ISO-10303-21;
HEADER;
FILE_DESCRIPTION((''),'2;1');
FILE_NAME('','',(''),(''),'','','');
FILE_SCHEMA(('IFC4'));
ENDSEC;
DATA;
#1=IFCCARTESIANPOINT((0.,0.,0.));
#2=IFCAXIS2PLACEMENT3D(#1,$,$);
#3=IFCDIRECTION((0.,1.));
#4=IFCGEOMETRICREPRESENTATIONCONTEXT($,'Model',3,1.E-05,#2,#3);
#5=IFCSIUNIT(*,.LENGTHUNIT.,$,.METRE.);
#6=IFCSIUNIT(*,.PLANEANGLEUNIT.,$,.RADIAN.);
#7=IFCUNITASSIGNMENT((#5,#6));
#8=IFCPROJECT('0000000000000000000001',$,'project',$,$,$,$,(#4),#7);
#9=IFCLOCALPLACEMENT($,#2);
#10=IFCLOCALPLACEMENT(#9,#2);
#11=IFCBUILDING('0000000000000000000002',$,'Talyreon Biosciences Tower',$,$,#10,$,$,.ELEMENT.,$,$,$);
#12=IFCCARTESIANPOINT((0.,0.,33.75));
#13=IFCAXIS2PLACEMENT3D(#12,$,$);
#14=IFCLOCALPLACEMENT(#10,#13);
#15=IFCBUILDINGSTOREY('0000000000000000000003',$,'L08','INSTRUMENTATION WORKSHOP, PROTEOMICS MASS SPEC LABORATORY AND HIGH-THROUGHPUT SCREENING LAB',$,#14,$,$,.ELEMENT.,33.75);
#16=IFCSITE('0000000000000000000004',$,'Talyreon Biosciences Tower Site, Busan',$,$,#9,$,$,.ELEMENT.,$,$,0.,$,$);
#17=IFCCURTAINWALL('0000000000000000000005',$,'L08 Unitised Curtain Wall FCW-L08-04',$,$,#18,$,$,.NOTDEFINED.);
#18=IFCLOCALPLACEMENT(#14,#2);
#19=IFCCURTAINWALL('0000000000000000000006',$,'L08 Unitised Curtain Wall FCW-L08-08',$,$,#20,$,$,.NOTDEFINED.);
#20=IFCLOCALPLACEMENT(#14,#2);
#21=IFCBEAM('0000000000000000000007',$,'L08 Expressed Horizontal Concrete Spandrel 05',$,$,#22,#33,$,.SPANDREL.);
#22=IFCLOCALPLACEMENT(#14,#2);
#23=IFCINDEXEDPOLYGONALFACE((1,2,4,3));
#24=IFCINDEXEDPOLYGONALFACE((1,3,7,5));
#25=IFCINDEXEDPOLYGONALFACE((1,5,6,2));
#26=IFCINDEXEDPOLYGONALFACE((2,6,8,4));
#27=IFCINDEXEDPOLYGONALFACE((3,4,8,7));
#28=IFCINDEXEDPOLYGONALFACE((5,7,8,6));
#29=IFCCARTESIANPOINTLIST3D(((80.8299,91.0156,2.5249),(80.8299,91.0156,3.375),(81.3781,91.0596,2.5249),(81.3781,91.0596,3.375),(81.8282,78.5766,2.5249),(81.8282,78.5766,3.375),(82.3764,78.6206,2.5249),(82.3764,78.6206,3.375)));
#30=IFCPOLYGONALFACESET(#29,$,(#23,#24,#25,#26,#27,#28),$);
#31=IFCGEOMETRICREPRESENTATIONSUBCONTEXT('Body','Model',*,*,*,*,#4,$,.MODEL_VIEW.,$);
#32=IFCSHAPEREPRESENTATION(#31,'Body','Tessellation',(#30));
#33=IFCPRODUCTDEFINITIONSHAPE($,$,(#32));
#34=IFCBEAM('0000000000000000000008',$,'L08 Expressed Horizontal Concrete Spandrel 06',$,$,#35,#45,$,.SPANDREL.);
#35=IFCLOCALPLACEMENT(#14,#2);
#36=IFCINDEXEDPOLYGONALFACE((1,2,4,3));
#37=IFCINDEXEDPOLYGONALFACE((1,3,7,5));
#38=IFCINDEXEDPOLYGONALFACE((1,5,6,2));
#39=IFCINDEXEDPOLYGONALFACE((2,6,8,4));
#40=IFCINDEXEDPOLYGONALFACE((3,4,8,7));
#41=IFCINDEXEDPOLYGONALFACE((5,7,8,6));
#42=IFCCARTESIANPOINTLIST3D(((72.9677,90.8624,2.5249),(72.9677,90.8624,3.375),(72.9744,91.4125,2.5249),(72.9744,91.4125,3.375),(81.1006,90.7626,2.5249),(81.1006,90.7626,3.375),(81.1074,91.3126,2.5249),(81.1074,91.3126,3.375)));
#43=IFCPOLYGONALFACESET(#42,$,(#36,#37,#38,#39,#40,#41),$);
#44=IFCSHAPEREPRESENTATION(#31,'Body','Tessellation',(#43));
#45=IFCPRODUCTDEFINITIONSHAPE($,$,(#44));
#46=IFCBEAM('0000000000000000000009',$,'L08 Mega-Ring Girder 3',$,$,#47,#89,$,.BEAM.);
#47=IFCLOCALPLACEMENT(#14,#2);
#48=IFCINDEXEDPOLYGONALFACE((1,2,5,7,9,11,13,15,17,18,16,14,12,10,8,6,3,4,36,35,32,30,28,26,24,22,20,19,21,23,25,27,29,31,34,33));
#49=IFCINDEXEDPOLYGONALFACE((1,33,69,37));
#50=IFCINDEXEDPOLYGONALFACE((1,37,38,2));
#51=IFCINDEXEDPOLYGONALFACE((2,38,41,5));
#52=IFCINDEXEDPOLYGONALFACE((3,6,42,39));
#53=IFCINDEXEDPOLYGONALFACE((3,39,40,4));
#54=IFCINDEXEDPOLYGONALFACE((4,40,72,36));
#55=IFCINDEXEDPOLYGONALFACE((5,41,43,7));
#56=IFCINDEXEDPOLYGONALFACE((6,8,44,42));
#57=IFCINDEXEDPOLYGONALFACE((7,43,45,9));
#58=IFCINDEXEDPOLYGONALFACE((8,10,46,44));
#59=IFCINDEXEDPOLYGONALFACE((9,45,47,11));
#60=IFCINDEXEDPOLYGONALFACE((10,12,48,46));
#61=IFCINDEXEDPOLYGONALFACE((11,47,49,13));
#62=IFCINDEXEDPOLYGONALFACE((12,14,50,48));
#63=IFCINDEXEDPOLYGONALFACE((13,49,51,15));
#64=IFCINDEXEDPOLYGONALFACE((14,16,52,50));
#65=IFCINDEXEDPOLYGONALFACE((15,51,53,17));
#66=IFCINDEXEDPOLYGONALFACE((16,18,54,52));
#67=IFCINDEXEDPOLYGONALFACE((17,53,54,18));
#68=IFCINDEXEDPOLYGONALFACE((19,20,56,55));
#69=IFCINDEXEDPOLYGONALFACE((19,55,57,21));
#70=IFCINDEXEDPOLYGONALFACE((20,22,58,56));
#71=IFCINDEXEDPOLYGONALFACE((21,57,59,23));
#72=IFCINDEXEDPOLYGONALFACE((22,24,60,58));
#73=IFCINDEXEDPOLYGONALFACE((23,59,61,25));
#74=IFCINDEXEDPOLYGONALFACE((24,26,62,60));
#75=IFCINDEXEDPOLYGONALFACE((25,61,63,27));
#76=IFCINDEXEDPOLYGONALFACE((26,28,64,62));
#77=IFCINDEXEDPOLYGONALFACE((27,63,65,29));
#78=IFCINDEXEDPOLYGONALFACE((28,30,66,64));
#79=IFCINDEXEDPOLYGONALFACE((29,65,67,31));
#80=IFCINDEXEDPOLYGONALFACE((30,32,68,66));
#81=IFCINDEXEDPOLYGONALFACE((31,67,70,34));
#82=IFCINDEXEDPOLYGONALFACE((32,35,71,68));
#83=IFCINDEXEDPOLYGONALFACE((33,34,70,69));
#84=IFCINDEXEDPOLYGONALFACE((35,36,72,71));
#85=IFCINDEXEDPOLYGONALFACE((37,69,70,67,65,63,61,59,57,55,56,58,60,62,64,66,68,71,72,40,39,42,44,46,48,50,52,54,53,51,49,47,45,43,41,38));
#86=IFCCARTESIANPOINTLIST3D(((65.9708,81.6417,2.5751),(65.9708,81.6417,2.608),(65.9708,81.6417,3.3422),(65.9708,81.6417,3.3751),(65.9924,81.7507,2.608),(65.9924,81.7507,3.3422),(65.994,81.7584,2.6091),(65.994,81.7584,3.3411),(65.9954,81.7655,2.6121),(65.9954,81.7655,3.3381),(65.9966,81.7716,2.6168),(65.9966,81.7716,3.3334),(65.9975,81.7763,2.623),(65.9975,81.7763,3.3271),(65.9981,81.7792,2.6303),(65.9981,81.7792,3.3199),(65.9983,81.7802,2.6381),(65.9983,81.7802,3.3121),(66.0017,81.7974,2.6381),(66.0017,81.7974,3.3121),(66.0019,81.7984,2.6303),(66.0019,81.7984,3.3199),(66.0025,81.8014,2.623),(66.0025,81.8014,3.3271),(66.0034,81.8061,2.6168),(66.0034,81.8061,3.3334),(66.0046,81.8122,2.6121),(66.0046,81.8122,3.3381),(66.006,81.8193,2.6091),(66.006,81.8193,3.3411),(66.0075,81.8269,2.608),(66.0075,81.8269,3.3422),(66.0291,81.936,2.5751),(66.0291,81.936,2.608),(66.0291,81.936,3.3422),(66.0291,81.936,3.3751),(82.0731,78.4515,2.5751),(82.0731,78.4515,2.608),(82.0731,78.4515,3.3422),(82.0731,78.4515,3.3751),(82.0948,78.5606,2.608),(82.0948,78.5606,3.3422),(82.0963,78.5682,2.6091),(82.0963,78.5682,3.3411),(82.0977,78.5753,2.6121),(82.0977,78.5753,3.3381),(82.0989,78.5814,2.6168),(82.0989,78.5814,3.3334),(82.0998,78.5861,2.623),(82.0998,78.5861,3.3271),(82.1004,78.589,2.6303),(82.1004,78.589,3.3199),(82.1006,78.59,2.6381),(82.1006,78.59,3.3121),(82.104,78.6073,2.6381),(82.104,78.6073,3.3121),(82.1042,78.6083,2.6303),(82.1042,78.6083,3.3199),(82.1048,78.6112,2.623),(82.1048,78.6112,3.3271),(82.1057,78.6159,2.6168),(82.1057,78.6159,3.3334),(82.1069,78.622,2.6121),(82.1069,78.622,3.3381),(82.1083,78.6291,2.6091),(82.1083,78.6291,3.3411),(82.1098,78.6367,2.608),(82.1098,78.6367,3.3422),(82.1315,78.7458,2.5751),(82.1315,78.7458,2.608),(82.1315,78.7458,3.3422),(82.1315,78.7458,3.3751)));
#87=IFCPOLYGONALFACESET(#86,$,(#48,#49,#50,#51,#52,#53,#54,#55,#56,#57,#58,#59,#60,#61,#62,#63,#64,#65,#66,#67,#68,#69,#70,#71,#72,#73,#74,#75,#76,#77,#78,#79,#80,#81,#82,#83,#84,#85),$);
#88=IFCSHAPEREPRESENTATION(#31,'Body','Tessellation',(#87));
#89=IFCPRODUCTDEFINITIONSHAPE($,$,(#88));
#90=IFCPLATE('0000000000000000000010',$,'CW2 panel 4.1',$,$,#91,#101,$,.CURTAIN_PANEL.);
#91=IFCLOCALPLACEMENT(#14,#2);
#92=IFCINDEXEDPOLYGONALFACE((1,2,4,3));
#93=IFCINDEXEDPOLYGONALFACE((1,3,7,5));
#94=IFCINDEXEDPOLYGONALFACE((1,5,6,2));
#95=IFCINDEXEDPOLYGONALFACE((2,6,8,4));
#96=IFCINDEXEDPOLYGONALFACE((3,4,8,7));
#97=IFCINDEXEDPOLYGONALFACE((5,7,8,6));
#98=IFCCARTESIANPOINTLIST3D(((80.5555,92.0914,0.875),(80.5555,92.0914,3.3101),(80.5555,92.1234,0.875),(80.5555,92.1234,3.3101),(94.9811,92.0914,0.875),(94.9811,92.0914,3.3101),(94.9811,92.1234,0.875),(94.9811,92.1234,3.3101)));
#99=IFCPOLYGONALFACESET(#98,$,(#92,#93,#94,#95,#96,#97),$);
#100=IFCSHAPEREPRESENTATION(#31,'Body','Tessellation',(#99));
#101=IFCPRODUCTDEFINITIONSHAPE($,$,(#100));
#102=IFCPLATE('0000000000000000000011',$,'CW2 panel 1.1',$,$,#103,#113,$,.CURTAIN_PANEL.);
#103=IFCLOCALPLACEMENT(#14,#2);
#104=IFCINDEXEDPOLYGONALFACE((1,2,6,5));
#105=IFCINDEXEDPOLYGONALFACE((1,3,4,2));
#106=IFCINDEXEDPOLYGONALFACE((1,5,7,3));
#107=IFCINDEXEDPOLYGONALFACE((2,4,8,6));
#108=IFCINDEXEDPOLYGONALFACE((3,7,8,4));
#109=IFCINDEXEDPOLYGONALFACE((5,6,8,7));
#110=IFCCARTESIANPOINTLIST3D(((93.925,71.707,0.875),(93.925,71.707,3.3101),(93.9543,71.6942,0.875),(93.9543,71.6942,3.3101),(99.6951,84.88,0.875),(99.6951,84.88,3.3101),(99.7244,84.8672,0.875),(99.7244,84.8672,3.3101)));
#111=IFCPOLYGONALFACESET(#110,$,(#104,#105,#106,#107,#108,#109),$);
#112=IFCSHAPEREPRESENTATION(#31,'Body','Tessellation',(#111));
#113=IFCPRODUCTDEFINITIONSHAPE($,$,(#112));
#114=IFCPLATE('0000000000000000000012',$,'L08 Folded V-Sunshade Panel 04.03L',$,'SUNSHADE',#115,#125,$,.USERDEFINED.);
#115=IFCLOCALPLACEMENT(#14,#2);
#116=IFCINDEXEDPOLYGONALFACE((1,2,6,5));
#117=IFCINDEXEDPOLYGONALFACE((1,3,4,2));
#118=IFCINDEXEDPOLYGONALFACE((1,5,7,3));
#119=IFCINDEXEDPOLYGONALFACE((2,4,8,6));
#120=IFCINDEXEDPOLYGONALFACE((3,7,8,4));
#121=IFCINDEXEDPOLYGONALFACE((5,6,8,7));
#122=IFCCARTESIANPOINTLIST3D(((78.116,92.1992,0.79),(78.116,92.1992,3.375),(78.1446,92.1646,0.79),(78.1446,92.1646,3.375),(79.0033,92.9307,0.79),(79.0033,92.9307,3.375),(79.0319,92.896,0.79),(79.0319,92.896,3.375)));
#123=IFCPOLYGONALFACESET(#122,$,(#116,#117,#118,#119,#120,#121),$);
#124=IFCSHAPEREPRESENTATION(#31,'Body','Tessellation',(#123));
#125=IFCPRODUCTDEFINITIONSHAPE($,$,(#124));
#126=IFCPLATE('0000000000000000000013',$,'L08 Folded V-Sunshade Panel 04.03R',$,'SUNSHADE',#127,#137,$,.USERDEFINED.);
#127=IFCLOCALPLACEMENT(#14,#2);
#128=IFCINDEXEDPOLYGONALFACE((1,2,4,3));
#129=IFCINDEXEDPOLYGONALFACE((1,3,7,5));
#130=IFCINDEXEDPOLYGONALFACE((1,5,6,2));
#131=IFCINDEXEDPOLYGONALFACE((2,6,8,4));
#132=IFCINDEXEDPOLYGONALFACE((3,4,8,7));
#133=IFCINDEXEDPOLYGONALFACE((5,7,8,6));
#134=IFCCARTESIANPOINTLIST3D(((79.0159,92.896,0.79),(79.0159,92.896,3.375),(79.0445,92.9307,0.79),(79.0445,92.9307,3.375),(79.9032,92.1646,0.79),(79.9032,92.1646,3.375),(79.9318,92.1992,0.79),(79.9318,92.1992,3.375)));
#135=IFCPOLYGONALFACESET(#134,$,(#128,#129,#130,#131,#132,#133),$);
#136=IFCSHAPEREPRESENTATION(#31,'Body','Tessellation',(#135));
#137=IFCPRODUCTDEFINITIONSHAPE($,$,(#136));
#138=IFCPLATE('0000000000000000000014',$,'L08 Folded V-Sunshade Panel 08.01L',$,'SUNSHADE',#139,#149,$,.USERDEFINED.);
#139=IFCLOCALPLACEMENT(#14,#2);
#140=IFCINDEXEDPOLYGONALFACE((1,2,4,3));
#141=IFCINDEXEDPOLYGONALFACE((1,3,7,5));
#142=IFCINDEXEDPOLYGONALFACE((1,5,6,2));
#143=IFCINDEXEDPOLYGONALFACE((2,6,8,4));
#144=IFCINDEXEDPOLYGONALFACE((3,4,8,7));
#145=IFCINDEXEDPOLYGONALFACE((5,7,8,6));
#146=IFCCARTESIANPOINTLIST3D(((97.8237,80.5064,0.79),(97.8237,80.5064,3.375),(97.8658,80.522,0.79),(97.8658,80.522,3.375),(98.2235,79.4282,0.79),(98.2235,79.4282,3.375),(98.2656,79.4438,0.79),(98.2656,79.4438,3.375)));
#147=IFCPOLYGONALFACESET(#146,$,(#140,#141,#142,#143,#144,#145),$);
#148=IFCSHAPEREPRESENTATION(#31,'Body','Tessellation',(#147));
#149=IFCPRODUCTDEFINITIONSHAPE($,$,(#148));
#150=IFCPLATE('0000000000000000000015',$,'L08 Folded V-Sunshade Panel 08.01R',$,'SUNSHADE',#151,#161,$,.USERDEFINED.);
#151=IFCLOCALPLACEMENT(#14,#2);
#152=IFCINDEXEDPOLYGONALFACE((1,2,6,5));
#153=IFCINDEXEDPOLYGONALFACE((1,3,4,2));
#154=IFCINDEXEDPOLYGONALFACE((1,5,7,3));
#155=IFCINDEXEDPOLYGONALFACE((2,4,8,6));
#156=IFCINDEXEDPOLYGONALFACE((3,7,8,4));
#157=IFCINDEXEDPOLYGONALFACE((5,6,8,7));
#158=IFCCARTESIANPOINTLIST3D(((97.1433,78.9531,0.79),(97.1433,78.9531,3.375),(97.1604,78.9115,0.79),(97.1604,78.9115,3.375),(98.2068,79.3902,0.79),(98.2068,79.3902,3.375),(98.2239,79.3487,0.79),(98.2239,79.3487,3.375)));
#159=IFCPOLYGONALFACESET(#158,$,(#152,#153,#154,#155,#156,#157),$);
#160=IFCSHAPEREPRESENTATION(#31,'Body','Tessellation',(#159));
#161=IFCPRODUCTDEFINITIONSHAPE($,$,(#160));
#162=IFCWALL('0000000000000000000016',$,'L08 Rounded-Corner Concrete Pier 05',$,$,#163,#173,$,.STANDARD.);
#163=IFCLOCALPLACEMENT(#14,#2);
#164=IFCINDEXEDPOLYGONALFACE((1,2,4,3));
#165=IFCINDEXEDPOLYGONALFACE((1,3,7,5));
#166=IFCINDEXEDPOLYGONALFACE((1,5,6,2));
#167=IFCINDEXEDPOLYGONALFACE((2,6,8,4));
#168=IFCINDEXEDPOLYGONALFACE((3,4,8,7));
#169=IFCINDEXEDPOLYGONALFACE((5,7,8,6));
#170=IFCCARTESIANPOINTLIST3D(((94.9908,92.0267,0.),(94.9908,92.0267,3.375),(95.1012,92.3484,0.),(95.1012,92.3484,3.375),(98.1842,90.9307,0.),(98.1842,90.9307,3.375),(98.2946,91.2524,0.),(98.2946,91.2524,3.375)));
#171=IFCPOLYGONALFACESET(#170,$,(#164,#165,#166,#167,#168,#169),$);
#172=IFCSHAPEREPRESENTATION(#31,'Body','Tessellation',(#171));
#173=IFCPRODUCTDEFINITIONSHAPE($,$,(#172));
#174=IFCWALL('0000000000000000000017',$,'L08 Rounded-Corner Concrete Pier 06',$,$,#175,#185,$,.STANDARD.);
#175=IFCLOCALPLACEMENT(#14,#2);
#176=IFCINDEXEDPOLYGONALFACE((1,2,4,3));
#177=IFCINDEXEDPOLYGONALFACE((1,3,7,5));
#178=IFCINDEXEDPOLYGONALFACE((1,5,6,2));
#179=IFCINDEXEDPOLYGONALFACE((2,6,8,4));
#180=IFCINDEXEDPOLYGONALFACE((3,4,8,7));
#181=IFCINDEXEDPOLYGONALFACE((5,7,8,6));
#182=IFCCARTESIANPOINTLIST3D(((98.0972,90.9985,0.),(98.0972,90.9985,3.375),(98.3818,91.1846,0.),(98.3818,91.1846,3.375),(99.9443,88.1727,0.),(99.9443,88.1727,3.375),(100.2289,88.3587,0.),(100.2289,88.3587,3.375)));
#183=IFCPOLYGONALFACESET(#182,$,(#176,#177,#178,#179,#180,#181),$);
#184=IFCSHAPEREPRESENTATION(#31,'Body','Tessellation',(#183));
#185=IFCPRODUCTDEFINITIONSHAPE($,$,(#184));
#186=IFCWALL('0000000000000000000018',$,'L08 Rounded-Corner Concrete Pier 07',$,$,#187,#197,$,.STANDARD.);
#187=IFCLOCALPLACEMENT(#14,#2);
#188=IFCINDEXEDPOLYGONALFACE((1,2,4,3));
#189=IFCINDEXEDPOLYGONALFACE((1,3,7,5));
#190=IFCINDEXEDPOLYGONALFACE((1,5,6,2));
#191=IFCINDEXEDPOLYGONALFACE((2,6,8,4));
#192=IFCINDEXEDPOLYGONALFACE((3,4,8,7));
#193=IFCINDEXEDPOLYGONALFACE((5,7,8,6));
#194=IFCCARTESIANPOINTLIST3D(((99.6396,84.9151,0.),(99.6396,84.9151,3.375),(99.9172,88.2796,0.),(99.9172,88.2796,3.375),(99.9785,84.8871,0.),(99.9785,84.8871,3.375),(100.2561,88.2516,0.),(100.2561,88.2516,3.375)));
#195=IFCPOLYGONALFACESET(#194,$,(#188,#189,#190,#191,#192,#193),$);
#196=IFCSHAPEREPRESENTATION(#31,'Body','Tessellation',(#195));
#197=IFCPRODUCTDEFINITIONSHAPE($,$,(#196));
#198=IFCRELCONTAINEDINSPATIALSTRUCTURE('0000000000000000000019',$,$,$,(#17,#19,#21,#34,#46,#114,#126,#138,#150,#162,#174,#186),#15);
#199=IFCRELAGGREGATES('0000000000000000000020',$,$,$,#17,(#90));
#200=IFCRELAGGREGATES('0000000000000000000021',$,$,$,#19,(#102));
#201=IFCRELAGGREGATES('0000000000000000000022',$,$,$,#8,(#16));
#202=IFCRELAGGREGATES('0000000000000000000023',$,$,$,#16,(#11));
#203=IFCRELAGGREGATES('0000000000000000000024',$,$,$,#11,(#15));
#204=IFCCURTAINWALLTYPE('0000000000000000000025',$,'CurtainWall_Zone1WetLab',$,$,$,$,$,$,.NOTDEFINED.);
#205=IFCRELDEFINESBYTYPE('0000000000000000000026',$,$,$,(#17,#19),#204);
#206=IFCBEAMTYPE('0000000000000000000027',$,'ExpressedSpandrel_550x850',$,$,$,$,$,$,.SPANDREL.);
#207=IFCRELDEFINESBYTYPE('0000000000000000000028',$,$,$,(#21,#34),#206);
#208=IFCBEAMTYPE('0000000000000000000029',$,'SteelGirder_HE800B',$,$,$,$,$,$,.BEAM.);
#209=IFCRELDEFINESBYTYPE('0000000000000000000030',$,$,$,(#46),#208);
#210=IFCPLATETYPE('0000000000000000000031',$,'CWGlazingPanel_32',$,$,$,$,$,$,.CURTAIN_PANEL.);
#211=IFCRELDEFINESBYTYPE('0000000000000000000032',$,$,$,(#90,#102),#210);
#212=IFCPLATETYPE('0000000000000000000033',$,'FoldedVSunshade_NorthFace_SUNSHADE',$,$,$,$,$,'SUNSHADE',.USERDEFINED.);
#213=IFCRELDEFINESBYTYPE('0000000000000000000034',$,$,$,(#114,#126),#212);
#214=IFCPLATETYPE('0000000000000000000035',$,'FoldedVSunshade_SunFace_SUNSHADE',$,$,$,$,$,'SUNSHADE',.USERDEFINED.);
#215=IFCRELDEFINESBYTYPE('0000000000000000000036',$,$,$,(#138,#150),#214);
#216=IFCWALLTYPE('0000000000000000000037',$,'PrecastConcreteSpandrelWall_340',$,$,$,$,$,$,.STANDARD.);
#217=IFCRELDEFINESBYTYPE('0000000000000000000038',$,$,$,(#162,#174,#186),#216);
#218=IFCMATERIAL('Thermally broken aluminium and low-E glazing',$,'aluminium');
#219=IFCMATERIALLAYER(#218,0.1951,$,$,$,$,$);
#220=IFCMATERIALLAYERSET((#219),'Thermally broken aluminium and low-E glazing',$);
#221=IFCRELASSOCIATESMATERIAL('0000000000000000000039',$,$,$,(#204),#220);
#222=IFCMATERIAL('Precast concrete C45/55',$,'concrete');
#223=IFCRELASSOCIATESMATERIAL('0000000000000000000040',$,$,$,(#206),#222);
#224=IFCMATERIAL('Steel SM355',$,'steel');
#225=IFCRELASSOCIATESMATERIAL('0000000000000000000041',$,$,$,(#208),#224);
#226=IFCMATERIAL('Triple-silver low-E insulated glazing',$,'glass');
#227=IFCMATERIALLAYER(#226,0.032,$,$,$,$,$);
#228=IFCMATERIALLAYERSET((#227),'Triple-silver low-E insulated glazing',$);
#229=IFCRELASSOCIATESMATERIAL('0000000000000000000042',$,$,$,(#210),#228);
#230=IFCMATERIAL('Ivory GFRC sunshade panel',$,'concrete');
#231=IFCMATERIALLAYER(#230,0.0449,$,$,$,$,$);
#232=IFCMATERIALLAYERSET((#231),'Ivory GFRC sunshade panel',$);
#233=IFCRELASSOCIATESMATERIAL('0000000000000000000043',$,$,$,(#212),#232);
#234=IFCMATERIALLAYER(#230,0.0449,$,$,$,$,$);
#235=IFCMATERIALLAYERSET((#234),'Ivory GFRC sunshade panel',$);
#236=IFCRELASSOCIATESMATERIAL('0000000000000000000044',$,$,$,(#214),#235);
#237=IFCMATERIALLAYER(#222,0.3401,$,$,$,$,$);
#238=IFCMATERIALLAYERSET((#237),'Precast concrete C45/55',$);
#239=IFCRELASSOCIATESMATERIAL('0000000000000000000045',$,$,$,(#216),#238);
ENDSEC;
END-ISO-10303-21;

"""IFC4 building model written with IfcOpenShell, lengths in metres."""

from ifc_helpers import new_model, si_unit, direction, frame, frame_2d, origin, origin_2d, place, context, subcontext, project, spatial, rectangle, i_section, extrude, material, layer, layer_set, material_profile, profile_set, type_object, element, aggregate, save


model = new_model("IFC4")

# Units and contexts
model_context = context("Model", 3, precision=1e-05, world=origin(), true_north=direction((0.0, 1.0)))
body_context = subcontext(model_context, "Body", "Model", "MODEL_VIEW")
ifc_project = project(units=[si_unit("LENGTHUNIT", "METRE"), si_unit("PLANEANGLEUNIT", "RADIAN")], contexts=[model_context])

# Site, building, storey
site_placement = place(None, origin())
site = spatial("IfcSite", under=ifc_project, at=site_placement, Name="Talyreon Biosciences Tower Site, Busan", CompositionType="ELEMENT", RefElevation=0.0)
building_placement = place(site_placement, origin())
building = spatial("IfcBuilding", under=site, at=building_placement, Name="Talyreon Biosciences Tower", CompositionType="ELEMENT")
storey_placement = place(building_placement, frame((0.0, 0.0, 33.75)))
storey = spatial("IfcBuildingStorey", under=building, at=storey_placement, Name="L08", Description="INSTRUMENTATION WORKSHOP, PROTEOMICS MASS SPEC LABORATORY AND HIGH-THROUGHPUT SCREENING LAB", CompositionType="ELEMENT", Elevation=33.75)

# Curtain walls
ifc_material_1 = material(Name="Thermally broken aluminium and low-E glazing", Category="aluminium")
ifc_layer_1 = layer(ifc_material_1, 0.1951)
ifc_layer_set_1 = layer_set([ifc_layer_1], Name="Thermally broken aluminium and low-E glazing")
curtain_wall_type = type_object("IfcCurtainWallType", Name="CurtainWall_Zone1WetLab", PredefinedType="NOTDEFINED", material=ifc_layer_set_1)
curtain_wall_1_placement = place(storey_placement, origin())
curtain_wall_1 = element("IfcCurtainWall", 1, at=curtain_wall_1_placement, inside=storey, type_object=curtain_wall_type, Name="L08 Unitised Curtain Wall FCW-L08-04", PredefinedType="NOTDEFINED")
curtain_wall_2_placement = place(storey_placement, origin())
curtain_wall_2 = element("IfcCurtainWall", 2, at=curtain_wall_2_placement, inside=storey, type_object=curtain_wall_type, Name="L08 Unitised Curtain Wall FCW-L08-08", PredefinedType="NOTDEFINED")

# Beams
ifc_material_2 = material(Name="Precast concrete C45/55", Category="concrete")
ifc_material_profile_1 = material_profile(ifc_material_2, rectangle(XDim=0.55, YDim=0.8501, at=origin_2d()), Name="RCB 550x850")
ifc_profile_set_1 = profile_set([ifc_material_profile_1], Name="Precast concrete C45/55")
beam_type_1 = type_object("IfcBeamType", Name="ExpressedSpandrel_550x850", PredefinedType="SPANDREL", material=ifc_profile_set_1)
beam_1_placement = place(storey_placement, frame((82.1023, 78.5986, 2.95), z_axis=(-0.079998, 0.996795, 0.0), x_axis=(-0.996795, -0.079998, 0.0)))
element("IfcBeam", 3, at=beam_1_placement, inside=storey, type_object=beam_type_1, Name="L08 Expressed Horizontal Concrete Spandrel 05", PredefinedType="SPANDREL", context=body_context, shape_type="SweptSolid", body=[
    extrude(rectangle(XDim=0.55, YDim=0.8501, at=origin_2d()), origin(), (0.0, 0.0, 1.0), 12.479),
])
beam_2_placement = place(storey_placement, frame((81.104, 91.0376, 2.95), z_axis=(-0.999925, 0.012277, 0.0), x_axis=(-0.012277, -0.999925, 0.0)))
element("IfcBeam", 4, at=beam_2_placement, inside=storey, type_object=beam_type_1, Name="L08 Expressed Horizontal Concrete Spandrel 06", PredefinedType="SPANDREL", context=body_context, shape_type="SweptSolid", body=[
    extrude(rectangle(XDim=0.55, YDim=0.8501, at=origin_2d()), origin(), (0.0, 0.0, 1.0), 8.1335),
])
ifc_material_3 = material(Name="Steel SM355", Category="steel")
ifc_material_profile_2 = material_profile(ifc_material_3, i_section(OverallWidth=0.3, OverallDepth=0.8, WebThickness=0.0176, FlangeThickness=0.033, FilletRadius=0.03, at=origin_2d()), Name="HE800B")
ifc_profile_set_2 = profile_set([ifc_material_profile_2], Name="Steel SM355")
beam_type_2 = type_object("IfcBeamType", Name="SteelGirder_HE800B", PredefinedType="BEAM", material=ifc_profile_set_2)
beam_3_placement = place(storey_placement, frame((82.1023, 78.5986, 2.9751), z_axis=(-0.980934, 0.194343, 0.0), x_axis=(-0.194343, -0.980934, 0.0)))
element("IfcBeam", 5, at=beam_3_placement, inside=storey, type_object=beam_type_2, Name="L08 Mega-Ring Girder 3", PredefinedType="BEAM", context=body_context, shape_type="SweptSolid", body=[
    extrude(i_section(OverallWidth=0.3, OverallDepth=0.8, WebThickness=0.0176, FlangeThickness=0.033, FilletRadius=0.03, at=origin_2d()), origin(), (0.0, 0.0, 1.0), 16.4153),
])

# Plates
ifc_material_4 = material(Name="Triple-silver low-E insulated glazing", Category="glass")
ifc_layer_2 = layer(ifc_material_4, 0.032)
ifc_layer_set_2 = layer_set([ifc_layer_2], Name="Triple-silver low-E insulated glazing")
plate_type_1 = type_object("IfcPlateType", Name="CWGlazingPanel_32", PredefinedType="CURTAIN_PANEL", material=ifc_layer_set_2)
plate_1_placement = place(storey_placement, frame((87.7683, 92.1074, 0.875), z_axis=(0.0, 0.0, 1.0), x_axis=(1.0, 0.0, 0.0)))
plate_1 = element("IfcPlate", 6, at=plate_1_placement, type_object=plate_type_1, Name="CW2 panel 4.1", PredefinedType="CURTAIN_PANEL", context=body_context, shape_type="SweptSolid", body=[
    extrude(rectangle(XDim=14.4255, YDim=0.032, at=origin_2d()), origin(), (0.0, 0.0, 1.0), 2.4351),
])
aggregate(curtain_wall_1, [plate_1])
plate_2_placement = place(storey_placement, frame((96.8247, 78.2871, 0.875), z_axis=(0.0, 0.0, 1.0), x_axis=(-0.401223, -0.91598, 0.0)))
plate_2 = element("IfcPlate", 7, at=plate_2_placement, type_object=plate_type_1, Name="CW2 panel 1.1", PredefinedType="CURTAIN_PANEL", context=body_context, shape_type="SweptSolid", body=[
    extrude(rectangle(XDim=14.3813, YDim=0.032, at=origin_2d()), origin(), (0.0, 0.0, 1.0), 2.4351),
])
aggregate(curtain_wall_2, [plate_2])

# Plates
ifc_material_5 = material(Name="Ivory GFRC sunshade panel", Category="concrete")
ifc_layer_3 = layer(ifc_material_5, 0.0449)
ifc_layer_set_3 = layer_set([ifc_layer_3], Name="Ivory GFRC sunshade panel")
plate_type_2 = type_object("IfcPlateType", Name="FoldedVSunshade_NorthFace_SUNSHADE", ElementType="SUNSHADE", PredefinedType="USERDEFINED", material=ifc_layer_set_3)
for number, where, z_axis, x_axis, name in (
    (8, (78.574, 92.5476, 0.79), (0.0, 0.0, 1.0), (0.771625, 0.636078, 0.0), "L08 Folded V-Sunshade Panel 04.03L"),
    (9, (79.4739, 92.5476, 0.79), (0.0, 0.0, 1.0), (0.771625, -0.636078, 0.0), "L08 Folded V-Sunshade Panel 04.03R"),
):
    element("IfcPlate", number, at=place(storey_placement, frame(where, z_axis=z_axis, x_axis=x_axis)), inside=storey, type_object=plate_type_2, Name=name, ObjectType="SUNSHADE", PredefinedType="USERDEFINED", context=body_context, shape_type="SweptSolid", body=[
        extrude(rectangle(XDim=1.1499, YDim=0.0449, at=origin_2d()), origin(), (0.0, 0.0, 1.0), 2.585),
    ])
ifc_layer_4 = layer(ifc_material_5, 0.0449)
ifc_layer_set_4 = layer_set([ifc_layer_4], Name="Ivory GFRC sunshade panel")
plate_type_3 = type_object("IfcPlateType", Name="FoldedVSunshade_SunFace_SUNSHADE", ElementType="SUNSHADE", PredefinedType="USERDEFINED", material=ifc_layer_set_4)
for number, where, z_axis, x_axis, name in (
    (10, (98.0447, 79.9751, 0.79), (0.0, 0.0, 1.0), (0.347672, -0.937616, 0.0), "L08 Folded V-Sunshade Panel 08.01L"),
    (11, (97.6836, 79.1509, 0.79), (0.0, 0.0, 1.0), (-0.924911, -0.380183, 0.0), "L08 Folded V-Sunshade Panel 08.01R"),
):
    element("IfcPlate", number, at=place(storey_placement, frame(where, z_axis=z_axis, x_axis=x_axis)), inside=storey, type_object=plate_type_3, Name=name, ObjectType="SUNSHADE", PredefinedType="USERDEFINED", context=body_context, shape_type="SweptSolid", body=[
        extrude(rectangle(XDim=1.1499, YDim=0.0449, at=origin_2d()), origin(), (0.0, 0.0, 1.0), 2.585),
    ])

# Walls
ifc_layer_5 = layer(ifc_material_2, 0.3401)
ifc_layer_set_5 = layer_set([ifc_layer_5], Name="Precast concrete C45/55")
wall_type = type_object("IfcWallType", Name="PrecastConcreteSpandrelWall_340", PredefinedType="STANDARD", material=ifc_layer_set_5)
wall_1_placement = place(storey_placement, frame((95.0461, 92.1875, 0.0), z_axis=(0.0, 0.0, 1.0), x_axis=(0.945848, -0.324611, 0.0)))
element("IfcWall", 12, at=wall_1_placement, inside=storey, type_object=wall_type, Name="L08 Rounded-Corner Concrete Pier 05", PredefinedType="STANDARD", context=body_context, shape_type="SweptSolid", body=[
    extrude(rectangle(XDim=3.3762, YDim=0.3401, at=frame_2d((1.688, 0.0))), origin(), (0.0, 0.0, 1.0), 3.375),
])
for number, where, z_axis, x_axis, name in (
    (13, (98.2395, 91.0916, 0.0), (0.0, 0.0, 1.0), (0.547134, -0.837045, 0.0), "L08 Rounded-Corner Concrete Pier 06"),
    (14, (100.0867, 88.2656, 0.0), (0.0, 0.0, 1.0), (-0.082226, -0.996614, 0.0), "L08 Rounded-Corner Concrete Pier 07"),
):
    element("IfcWall", number, at=place(storey_placement, frame(where, z_axis=z_axis, x_axis=x_axis)), inside=storey, type_object=wall_type, Name=name, PredefinedType="STANDARD", context=body_context, shape_type="SweptSolid", body=[
        extrude(rectangle(XDim=3.376, YDim=0.3401, at=frame_2d((1.688, 0.0))), origin(), (0.0, 0.0, 1.0), 3.375),
    ])

save(model, "model.ifc")
